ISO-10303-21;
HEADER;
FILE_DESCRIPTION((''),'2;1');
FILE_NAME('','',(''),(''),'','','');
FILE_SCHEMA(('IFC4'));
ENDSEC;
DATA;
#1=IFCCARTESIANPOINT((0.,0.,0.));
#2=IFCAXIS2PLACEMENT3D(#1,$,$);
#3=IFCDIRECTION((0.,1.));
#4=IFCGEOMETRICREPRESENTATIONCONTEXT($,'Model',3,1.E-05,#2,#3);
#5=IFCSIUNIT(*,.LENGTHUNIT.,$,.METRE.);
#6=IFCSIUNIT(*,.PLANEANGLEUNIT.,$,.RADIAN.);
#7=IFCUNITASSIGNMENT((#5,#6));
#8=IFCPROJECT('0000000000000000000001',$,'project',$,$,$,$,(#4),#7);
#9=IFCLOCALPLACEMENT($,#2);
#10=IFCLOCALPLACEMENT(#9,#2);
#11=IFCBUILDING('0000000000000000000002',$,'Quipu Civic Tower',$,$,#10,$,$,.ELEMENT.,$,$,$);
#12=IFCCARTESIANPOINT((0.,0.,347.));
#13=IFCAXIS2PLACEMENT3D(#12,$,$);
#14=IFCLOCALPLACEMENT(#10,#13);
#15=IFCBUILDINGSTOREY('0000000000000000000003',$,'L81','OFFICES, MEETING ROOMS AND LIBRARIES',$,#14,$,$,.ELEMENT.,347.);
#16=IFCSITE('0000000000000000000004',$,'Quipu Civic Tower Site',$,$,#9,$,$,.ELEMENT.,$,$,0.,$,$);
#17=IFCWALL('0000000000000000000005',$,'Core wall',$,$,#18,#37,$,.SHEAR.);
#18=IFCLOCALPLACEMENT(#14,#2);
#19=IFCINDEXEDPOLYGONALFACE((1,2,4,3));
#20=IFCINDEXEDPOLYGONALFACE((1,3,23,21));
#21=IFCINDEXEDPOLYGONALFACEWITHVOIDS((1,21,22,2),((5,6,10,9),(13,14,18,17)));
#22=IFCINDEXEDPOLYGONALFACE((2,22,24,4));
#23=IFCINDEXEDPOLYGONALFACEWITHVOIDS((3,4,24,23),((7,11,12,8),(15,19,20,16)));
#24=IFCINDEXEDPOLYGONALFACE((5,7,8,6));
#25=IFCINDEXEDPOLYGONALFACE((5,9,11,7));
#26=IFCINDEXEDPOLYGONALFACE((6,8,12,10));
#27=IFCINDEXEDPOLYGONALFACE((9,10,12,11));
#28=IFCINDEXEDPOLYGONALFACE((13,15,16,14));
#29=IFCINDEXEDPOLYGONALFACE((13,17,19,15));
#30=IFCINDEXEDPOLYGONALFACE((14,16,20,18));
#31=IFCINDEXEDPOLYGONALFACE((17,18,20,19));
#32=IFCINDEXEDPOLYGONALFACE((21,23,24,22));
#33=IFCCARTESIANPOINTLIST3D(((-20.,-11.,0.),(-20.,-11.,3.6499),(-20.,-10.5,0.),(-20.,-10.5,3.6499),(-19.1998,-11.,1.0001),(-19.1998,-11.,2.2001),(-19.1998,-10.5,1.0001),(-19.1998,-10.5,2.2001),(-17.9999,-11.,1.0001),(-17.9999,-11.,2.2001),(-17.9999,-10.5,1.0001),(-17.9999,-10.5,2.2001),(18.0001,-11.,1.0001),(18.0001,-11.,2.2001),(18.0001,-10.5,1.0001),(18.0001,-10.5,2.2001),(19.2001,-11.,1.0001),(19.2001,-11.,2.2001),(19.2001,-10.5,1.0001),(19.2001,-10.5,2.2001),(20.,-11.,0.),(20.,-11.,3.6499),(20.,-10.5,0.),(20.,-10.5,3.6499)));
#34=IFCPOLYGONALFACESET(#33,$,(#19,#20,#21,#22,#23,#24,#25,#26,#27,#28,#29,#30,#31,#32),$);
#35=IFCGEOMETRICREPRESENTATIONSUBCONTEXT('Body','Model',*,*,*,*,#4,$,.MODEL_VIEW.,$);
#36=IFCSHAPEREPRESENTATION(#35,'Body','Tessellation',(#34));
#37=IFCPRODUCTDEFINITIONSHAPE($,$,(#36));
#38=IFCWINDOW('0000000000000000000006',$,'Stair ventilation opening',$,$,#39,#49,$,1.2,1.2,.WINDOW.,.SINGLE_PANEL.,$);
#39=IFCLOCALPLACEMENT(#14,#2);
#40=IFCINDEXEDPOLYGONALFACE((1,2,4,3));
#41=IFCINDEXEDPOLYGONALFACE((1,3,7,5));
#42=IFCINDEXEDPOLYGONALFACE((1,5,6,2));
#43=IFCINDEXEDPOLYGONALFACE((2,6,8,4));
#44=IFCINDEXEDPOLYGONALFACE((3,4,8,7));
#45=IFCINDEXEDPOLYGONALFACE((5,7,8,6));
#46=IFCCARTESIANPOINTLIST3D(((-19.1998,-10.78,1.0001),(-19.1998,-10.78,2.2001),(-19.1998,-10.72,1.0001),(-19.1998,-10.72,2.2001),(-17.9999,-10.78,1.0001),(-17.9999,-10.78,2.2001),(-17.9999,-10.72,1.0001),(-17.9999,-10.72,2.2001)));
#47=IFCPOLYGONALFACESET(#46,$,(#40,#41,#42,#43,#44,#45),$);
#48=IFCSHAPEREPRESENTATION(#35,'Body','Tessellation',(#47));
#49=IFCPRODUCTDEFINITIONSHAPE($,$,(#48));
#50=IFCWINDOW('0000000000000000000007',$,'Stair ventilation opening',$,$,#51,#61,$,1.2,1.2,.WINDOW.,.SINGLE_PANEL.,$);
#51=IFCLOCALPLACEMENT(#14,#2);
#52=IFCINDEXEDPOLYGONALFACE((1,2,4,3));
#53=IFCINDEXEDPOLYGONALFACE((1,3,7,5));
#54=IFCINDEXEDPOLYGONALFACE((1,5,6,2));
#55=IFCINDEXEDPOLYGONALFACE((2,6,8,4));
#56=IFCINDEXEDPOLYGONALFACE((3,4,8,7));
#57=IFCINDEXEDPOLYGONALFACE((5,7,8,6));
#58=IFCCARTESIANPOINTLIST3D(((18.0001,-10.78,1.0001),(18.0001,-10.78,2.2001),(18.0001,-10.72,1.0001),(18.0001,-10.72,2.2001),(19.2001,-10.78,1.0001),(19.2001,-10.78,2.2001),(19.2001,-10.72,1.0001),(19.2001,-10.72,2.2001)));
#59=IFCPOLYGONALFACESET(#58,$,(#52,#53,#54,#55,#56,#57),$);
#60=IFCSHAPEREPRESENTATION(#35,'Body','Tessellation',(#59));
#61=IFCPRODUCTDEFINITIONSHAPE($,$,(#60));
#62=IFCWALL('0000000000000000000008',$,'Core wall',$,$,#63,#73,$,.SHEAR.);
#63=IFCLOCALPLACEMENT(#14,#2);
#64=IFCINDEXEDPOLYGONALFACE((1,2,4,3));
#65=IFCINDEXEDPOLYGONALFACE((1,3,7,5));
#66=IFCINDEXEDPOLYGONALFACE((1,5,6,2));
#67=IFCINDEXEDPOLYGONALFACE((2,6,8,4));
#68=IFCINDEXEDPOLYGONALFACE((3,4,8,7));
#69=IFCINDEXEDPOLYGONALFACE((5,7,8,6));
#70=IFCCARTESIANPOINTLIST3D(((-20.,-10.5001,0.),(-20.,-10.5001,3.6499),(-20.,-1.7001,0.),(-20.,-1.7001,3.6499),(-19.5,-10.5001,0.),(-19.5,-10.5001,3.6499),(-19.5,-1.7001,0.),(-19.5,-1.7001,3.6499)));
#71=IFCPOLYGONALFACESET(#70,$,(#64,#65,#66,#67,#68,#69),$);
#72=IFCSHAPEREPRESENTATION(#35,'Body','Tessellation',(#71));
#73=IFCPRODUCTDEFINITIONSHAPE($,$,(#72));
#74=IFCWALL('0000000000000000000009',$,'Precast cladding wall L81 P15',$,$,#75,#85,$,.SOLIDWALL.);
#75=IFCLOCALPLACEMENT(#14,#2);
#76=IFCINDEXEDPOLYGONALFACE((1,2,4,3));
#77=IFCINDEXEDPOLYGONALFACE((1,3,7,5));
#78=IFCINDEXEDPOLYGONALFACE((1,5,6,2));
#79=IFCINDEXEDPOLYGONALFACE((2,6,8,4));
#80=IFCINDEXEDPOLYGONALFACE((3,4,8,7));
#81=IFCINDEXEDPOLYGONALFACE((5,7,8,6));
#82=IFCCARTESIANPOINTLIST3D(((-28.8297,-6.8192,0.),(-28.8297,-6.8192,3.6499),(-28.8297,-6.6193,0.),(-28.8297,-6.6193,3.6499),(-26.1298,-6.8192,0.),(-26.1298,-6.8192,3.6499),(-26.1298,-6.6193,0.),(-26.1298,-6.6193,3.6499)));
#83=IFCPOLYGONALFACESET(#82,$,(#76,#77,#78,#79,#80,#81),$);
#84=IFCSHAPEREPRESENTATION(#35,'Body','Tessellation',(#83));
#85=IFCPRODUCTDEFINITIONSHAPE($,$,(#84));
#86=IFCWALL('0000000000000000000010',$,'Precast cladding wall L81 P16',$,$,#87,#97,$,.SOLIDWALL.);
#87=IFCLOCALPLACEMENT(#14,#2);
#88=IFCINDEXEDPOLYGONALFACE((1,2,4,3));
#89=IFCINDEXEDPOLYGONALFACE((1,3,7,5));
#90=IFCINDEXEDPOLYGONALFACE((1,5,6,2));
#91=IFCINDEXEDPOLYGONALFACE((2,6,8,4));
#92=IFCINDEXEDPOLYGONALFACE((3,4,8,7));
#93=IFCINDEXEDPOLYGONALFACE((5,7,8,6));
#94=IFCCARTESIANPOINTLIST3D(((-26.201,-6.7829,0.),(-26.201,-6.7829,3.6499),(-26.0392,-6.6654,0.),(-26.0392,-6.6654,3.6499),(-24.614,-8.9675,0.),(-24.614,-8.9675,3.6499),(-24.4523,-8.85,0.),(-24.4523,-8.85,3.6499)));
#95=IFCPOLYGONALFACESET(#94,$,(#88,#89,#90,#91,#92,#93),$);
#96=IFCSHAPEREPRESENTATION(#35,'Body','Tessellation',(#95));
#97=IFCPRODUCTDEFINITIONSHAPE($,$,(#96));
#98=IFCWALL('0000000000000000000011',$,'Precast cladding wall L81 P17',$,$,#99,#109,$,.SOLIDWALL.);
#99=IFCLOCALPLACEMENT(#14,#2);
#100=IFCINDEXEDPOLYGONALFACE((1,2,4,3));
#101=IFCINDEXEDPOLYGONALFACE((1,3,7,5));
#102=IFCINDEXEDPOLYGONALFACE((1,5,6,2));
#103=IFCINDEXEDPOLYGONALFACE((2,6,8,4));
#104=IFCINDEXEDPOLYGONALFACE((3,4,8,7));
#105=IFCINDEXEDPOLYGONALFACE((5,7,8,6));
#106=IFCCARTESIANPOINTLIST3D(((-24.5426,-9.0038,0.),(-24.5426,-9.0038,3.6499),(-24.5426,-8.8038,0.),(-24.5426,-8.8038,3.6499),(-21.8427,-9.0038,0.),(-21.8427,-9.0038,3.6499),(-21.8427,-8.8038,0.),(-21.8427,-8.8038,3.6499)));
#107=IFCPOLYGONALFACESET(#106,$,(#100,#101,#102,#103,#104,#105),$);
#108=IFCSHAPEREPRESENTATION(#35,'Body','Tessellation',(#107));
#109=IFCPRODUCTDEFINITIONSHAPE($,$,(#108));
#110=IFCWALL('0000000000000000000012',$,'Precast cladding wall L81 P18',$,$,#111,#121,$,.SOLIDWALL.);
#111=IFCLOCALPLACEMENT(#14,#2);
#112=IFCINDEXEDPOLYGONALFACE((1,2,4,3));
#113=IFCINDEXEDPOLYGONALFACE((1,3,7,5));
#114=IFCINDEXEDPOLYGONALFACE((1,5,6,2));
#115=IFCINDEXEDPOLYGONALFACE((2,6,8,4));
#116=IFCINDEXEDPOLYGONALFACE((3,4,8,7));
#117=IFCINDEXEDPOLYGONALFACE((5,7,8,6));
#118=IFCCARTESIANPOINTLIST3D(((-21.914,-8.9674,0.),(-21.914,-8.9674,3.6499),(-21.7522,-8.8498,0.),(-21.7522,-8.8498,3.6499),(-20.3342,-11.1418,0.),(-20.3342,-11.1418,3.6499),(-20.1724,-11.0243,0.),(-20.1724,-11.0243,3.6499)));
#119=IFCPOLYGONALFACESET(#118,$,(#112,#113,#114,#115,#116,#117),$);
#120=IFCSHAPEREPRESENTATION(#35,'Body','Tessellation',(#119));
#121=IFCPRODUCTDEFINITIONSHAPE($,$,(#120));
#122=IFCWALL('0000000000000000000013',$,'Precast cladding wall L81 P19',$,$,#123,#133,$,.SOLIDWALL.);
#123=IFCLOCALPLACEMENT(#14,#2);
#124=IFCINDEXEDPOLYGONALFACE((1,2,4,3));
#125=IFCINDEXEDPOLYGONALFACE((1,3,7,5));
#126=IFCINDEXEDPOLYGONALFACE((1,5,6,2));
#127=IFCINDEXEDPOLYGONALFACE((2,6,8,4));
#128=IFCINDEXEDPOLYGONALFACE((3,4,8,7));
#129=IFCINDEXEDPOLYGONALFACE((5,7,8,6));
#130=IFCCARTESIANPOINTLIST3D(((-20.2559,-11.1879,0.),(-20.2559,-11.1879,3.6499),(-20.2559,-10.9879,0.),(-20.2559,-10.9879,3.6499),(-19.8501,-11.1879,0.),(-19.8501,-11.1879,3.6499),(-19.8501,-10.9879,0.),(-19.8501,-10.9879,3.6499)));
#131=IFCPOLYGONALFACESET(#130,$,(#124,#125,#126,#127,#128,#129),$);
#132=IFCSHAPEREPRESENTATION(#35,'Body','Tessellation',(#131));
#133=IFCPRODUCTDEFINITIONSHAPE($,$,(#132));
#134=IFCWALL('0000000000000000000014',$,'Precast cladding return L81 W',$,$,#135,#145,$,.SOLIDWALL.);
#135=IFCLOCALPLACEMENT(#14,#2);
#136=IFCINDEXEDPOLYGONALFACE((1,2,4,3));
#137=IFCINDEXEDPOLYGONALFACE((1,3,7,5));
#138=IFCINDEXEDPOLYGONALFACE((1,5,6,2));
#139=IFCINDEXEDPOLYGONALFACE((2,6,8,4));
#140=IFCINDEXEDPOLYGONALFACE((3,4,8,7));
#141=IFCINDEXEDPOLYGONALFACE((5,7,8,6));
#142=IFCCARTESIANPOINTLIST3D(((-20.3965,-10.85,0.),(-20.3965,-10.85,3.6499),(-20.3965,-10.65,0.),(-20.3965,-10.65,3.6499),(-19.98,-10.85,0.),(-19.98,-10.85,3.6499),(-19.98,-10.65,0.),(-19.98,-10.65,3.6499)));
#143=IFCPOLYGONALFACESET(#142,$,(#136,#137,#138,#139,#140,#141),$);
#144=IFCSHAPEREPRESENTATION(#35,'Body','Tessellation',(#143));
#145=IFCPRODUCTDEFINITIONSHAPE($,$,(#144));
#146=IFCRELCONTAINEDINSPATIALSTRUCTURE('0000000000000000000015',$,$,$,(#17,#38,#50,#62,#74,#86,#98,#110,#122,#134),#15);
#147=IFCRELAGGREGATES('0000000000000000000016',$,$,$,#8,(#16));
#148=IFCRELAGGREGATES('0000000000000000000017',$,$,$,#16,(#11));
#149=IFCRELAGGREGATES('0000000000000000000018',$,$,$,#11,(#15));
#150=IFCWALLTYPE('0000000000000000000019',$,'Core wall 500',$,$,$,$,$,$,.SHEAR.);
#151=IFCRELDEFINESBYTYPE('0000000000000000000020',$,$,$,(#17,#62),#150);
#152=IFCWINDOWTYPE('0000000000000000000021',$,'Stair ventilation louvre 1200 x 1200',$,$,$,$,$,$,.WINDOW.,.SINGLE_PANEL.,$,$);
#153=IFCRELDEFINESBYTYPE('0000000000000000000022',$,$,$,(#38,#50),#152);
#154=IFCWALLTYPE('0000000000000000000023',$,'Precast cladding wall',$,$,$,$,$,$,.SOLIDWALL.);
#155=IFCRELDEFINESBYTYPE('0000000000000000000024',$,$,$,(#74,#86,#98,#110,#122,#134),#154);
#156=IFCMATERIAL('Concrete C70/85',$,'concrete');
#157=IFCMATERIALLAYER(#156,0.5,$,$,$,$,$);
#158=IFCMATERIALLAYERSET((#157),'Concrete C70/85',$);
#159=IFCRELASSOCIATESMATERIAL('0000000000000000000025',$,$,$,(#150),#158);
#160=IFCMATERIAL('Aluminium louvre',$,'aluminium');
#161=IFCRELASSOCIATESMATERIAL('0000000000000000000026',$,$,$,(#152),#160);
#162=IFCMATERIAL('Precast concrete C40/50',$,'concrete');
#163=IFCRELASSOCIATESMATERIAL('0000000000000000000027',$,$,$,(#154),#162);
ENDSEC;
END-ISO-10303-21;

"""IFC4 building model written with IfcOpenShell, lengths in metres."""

from ifc_helpers import new_model, si_unit, direction, frame, frame_2d, origin, place, context, subcontext, project, spatial, rectangle, extrude, material, layer, layer_set, type_object, element, fill, save


model = new_model("IFC4")

# Units and contexts
model_context = context("Model", 3, precision=1e-05, world=origin(), true_north=direction((0.0, 1.0)))
body_context = subcontext(model_context, "Body", "Model", "MODEL_VIEW")
ifc_project = project(units=[si_unit("LENGTHUNIT", "METRE"), si_unit("PLANEANGLEUNIT", "RADIAN")], contexts=[model_context])

# Site, building, storey
site_placement = place(None, origin())
site = spatial("IfcSite", under=ifc_project, at=site_placement, Name="Quipu Civic Tower Site", CompositionType="ELEMENT", RefElevation=0.0)
building_placement = place(site_placement, origin())
building = spatial("IfcBuilding", under=site, at=building_placement, Name="Quipu Civic Tower", CompositionType="ELEMENT")
storey_placement = place(building_placement, frame((0.0, 0.0, 347.0)))
storey = spatial("IfcBuildingStorey", under=building, at=storey_placement, Name="L81", Description="OFFICES, MEETING ROOMS AND LIBRARIES", CompositionType="ELEMENT", Elevation=347.0)

# Wall, openings, windows
ifc_material_1 = material(Name="Concrete C70/85", Category="concrete")
ifc_layer_1 = layer(ifc_material_1, 0.5)
ifc_layer_set_1 = layer_set([ifc_layer_1], Name="Concrete C70/85")
wall_type_1 = type_object("IfcWallType", Name="Core wall 500", PredefinedType="SHEAR", material=ifc_layer_set_1)
wall_1_placement = place(storey_placement, frame((-20.0, -10.75, 0.0), z_axis=(0.0, 0.0, 1.0), x_axis=(1.0, 0.0, 0.0)))
wall_1 = element("IfcWall", 1, at=wall_1_placement, inside=storey, type_object=wall_type_1, Name="Core wall", PredefinedType="SHEAR", context=body_context, shape_type="SweptSolid", body=[
    extrude(rectangle(XDim=40.0, YDim=0.5, at=frame_2d((20.0, 0.0))), origin(), (0.0, 0.0, 1.0), 3.6499),
])
opening_1_placement = place(wall_1_placement, frame((0.8, 0.0, 1.0)))
opening_1 = element("IfcOpeningElement", 2, at=opening_1_placement, cuts=wall_1, PredefinedType="OPENING", context=body_context, shape_type="SweptSolid", body=[
    extrude(rectangle(XDim=1.2, YDim=1.2, at=frame_2d((0.6001, 0.6001))), frame((0.0, 0.26, 0.0), z_axis=(0.0, -1.0, 0.0), x_axis=(1.0, 0.0, 0.0)), (0.0, 0.0, 1.0), 0.52),
])
opening_2_placement = place(wall_1_placement, frame((38.0, 0.0, 1.0)))
opening_2 = element("IfcOpeningElement", 3, at=opening_2_placement, cuts=wall_1, PredefinedType="OPENING", context=body_context, shape_type="SweptSolid", body=[
    extrude(rectangle(XDim=1.2, YDim=1.2, at=frame_2d((0.6001, 0.6001))), frame((0.0, 0.26, 0.0), z_axis=(0.0, -1.0, 0.0), x_axis=(1.0, 0.0, 0.0)), (0.0, 0.0, 1.0), 0.52),
])
ifc_material_2 = material(Name="Aluminium louvre", Category="aluminium")
window_type = type_object("IfcWindowType", Name="Stair ventilation louvre 1200 x 1200", PartitioningType="SINGLE_PANEL", PredefinedType="WINDOW", material=ifc_material_2)
window_1_placement = place(opening_1_placement, origin())
window_1 = element("IfcWindow", 4, at=window_1_placement, inside=storey, type_object=window_type, Name="Stair ventilation opening", OverallHeight=1.2, OverallWidth=1.2, PartitioningType="SINGLE_PANEL", PredefinedType="WINDOW", context=body_context, shape_type="SweptSolid", body=[
    extrude(rectangle(XDim=1.2, YDim=1.2, at=frame_2d((0.6001, 0.6001))), frame((0.0, 0.03, 0.0), z_axis=(0.0, -1.0, 0.0), x_axis=(1.0, 0.0, 0.0)), (0.0, 0.0, 1.0), 0.0601),
])
fill(opening_1, window_1)
window_2_placement = place(opening_2_placement, origin())
window_2 = element("IfcWindow", 5, at=window_2_placement, inside=storey, type_object=window_type, Name="Stair ventilation opening", OverallHeight=1.2, OverallWidth=1.2, PartitioningType="SINGLE_PANEL", PredefinedType="WINDOW", context=body_context, shape_type="SweptSolid", body=[
    extrude(rectangle(XDim=1.2, YDim=1.2, at=frame_2d((0.6001, 0.6001))), frame((0.0, 0.03, 0.0), z_axis=(0.0, -1.0, 0.0), x_axis=(1.0, 0.0, 0.0)), (0.0, 0.0, 1.0), 0.0601),
])
fill(opening_2, window_2)

# Walls
wall_2_placement = place(storey_placement, frame((-19.75, -10.5, 0.0), z_axis=(0.0, 0.0, 1.0), x_axis=(0.0, 1.0, 0.0)))
element("IfcWall", 6, at=wall_2_placement, inside=storey, type_object=wall_type_1, Name="Core wall", PredefinedType="SHEAR", context=body_context, shape_type="SweptSolid", body=[
    extrude(rectangle(XDim=8.8, YDim=0.5, at=frame_2d((4.3999, 0.0))), origin(), (0.0, 0.0, 1.0), 3.6499),
])
ifc_material_3 = material(Name="Precast concrete C40/50", Category="concrete")
wall_type_2 = type_object("IfcWallType", Name="Precast cladding wall", PredefinedType="SOLIDWALL", material=ifc_material_3)
wall_3_placement = place(storey_placement, frame((-28.8298, -6.7192, 0.0), z_axis=(0.0, 0.0, 1.0), x_axis=(1.0, 0.0, 0.0)))
element("IfcWall", 7, at=wall_3_placement, inside=storey, type_object=wall_type_2, Name="Precast cladding wall L81 P15", PredefinedType="SOLIDWALL", context=body_context, shape_type="SweptSolid", body=[
    extrude(rectangle(XDim=2.7, YDim=0.2, at=frame_2d((1.3501, 0.0))), origin(), (0.0, 0.0, 1.0), 3.6499),
])
wall_4_placement = place(storey_placement, frame((-26.1201, -6.7241, 0.0), z_axis=(0.0, 0.0, 1.0), x_axis=(0.58772, -0.809064, 0.0)))
element("IfcWall", 8, at=wall_4_placement, inside=storey, type_object=wall_type_2, Name="Precast cladding wall L81 P16", PredefinedType="SOLIDWALL", context=body_context, shape_type="SweptSolid", body=[
    extrude(rectangle(XDim=2.7002, YDim=0.2, at=frame_2d((1.3501, 0.0))), origin(), (0.0, 0.0, 1.0), 3.6499),
])
wall_5_placement = place(storey_placement, frame((-24.5427, -8.9038, 0.0), z_axis=(0.0, 0.0, 1.0), x_axis=(1.0, 0.0, 0.0)))
element("IfcWall", 9, at=wall_5_placement, inside=storey, type_object=wall_type_2, Name="Precast cladding wall L81 P17", PredefinedType="SOLIDWALL", context=body_context, shape_type="SweptSolid", body=[
    extrude(rectangle(XDim=2.7, YDim=0.2, at=frame_2d((1.3501, 0.0))), origin(), (0.0, 0.0, 1.0), 3.6499),
])
wall_6_placement = place(storey_placement, frame((-21.833, -8.9087, 0.0), z_axis=(0.0, 0.0, 1.0), x_axis=(0.587767, -0.809031, 0.0)))
element("IfcWall", 10, at=wall_6_placement, inside=storey, type_object=wall_type_2, Name="Precast cladding wall L81 P18", PredefinedType="SOLIDWALL", context=body_context, shape_type="SweptSolid", body=[
    extrude(rectangle(XDim=2.6877, YDim=0.2, at=frame_2d((1.3438, 0.0))), origin(), (0.0, 0.0, 1.0), 3.6499),
])
wall_7_placement = place(storey_placement, frame((-20.2559, -11.0879, 0.0), z_axis=(0.0, 0.0, 1.0), x_axis=(1.0, 0.0, 0.0)))
element("IfcWall", 11, at=wall_7_placement, inside=storey, type_object=wall_type_2, Name="Precast cladding wall L81 P19", PredefinedType="SOLIDWALL", context=body_context, shape_type="SweptSolid", body=[
    extrude(rectangle(XDim=0.4058, YDim=0.2, at=frame_2d((0.2029, 0.0))), origin(), (0.0, 0.0, 1.0), 3.6499),
])
wall_8_placement = place(storey_placement, frame((-19.98, -10.75, 0.0), z_axis=(0.0, 0.0, 1.0), x_axis=(-1.0, 0.0, 0.0)))
element("IfcWall", 12, at=wall_8_placement, inside=storey, type_object=wall_type_2, Name="Precast cladding return L81 W", PredefinedType="SOLIDWALL", context=body_context, shape_type="SweptSolid", body=[
    extrude(rectangle(XDim=0.4165, YDim=0.2, at=frame_2d((0.2083, 0.0))), origin(), (0.0, 0.0, 1.0), 3.6499),
])

save(model, "model.ifc")
